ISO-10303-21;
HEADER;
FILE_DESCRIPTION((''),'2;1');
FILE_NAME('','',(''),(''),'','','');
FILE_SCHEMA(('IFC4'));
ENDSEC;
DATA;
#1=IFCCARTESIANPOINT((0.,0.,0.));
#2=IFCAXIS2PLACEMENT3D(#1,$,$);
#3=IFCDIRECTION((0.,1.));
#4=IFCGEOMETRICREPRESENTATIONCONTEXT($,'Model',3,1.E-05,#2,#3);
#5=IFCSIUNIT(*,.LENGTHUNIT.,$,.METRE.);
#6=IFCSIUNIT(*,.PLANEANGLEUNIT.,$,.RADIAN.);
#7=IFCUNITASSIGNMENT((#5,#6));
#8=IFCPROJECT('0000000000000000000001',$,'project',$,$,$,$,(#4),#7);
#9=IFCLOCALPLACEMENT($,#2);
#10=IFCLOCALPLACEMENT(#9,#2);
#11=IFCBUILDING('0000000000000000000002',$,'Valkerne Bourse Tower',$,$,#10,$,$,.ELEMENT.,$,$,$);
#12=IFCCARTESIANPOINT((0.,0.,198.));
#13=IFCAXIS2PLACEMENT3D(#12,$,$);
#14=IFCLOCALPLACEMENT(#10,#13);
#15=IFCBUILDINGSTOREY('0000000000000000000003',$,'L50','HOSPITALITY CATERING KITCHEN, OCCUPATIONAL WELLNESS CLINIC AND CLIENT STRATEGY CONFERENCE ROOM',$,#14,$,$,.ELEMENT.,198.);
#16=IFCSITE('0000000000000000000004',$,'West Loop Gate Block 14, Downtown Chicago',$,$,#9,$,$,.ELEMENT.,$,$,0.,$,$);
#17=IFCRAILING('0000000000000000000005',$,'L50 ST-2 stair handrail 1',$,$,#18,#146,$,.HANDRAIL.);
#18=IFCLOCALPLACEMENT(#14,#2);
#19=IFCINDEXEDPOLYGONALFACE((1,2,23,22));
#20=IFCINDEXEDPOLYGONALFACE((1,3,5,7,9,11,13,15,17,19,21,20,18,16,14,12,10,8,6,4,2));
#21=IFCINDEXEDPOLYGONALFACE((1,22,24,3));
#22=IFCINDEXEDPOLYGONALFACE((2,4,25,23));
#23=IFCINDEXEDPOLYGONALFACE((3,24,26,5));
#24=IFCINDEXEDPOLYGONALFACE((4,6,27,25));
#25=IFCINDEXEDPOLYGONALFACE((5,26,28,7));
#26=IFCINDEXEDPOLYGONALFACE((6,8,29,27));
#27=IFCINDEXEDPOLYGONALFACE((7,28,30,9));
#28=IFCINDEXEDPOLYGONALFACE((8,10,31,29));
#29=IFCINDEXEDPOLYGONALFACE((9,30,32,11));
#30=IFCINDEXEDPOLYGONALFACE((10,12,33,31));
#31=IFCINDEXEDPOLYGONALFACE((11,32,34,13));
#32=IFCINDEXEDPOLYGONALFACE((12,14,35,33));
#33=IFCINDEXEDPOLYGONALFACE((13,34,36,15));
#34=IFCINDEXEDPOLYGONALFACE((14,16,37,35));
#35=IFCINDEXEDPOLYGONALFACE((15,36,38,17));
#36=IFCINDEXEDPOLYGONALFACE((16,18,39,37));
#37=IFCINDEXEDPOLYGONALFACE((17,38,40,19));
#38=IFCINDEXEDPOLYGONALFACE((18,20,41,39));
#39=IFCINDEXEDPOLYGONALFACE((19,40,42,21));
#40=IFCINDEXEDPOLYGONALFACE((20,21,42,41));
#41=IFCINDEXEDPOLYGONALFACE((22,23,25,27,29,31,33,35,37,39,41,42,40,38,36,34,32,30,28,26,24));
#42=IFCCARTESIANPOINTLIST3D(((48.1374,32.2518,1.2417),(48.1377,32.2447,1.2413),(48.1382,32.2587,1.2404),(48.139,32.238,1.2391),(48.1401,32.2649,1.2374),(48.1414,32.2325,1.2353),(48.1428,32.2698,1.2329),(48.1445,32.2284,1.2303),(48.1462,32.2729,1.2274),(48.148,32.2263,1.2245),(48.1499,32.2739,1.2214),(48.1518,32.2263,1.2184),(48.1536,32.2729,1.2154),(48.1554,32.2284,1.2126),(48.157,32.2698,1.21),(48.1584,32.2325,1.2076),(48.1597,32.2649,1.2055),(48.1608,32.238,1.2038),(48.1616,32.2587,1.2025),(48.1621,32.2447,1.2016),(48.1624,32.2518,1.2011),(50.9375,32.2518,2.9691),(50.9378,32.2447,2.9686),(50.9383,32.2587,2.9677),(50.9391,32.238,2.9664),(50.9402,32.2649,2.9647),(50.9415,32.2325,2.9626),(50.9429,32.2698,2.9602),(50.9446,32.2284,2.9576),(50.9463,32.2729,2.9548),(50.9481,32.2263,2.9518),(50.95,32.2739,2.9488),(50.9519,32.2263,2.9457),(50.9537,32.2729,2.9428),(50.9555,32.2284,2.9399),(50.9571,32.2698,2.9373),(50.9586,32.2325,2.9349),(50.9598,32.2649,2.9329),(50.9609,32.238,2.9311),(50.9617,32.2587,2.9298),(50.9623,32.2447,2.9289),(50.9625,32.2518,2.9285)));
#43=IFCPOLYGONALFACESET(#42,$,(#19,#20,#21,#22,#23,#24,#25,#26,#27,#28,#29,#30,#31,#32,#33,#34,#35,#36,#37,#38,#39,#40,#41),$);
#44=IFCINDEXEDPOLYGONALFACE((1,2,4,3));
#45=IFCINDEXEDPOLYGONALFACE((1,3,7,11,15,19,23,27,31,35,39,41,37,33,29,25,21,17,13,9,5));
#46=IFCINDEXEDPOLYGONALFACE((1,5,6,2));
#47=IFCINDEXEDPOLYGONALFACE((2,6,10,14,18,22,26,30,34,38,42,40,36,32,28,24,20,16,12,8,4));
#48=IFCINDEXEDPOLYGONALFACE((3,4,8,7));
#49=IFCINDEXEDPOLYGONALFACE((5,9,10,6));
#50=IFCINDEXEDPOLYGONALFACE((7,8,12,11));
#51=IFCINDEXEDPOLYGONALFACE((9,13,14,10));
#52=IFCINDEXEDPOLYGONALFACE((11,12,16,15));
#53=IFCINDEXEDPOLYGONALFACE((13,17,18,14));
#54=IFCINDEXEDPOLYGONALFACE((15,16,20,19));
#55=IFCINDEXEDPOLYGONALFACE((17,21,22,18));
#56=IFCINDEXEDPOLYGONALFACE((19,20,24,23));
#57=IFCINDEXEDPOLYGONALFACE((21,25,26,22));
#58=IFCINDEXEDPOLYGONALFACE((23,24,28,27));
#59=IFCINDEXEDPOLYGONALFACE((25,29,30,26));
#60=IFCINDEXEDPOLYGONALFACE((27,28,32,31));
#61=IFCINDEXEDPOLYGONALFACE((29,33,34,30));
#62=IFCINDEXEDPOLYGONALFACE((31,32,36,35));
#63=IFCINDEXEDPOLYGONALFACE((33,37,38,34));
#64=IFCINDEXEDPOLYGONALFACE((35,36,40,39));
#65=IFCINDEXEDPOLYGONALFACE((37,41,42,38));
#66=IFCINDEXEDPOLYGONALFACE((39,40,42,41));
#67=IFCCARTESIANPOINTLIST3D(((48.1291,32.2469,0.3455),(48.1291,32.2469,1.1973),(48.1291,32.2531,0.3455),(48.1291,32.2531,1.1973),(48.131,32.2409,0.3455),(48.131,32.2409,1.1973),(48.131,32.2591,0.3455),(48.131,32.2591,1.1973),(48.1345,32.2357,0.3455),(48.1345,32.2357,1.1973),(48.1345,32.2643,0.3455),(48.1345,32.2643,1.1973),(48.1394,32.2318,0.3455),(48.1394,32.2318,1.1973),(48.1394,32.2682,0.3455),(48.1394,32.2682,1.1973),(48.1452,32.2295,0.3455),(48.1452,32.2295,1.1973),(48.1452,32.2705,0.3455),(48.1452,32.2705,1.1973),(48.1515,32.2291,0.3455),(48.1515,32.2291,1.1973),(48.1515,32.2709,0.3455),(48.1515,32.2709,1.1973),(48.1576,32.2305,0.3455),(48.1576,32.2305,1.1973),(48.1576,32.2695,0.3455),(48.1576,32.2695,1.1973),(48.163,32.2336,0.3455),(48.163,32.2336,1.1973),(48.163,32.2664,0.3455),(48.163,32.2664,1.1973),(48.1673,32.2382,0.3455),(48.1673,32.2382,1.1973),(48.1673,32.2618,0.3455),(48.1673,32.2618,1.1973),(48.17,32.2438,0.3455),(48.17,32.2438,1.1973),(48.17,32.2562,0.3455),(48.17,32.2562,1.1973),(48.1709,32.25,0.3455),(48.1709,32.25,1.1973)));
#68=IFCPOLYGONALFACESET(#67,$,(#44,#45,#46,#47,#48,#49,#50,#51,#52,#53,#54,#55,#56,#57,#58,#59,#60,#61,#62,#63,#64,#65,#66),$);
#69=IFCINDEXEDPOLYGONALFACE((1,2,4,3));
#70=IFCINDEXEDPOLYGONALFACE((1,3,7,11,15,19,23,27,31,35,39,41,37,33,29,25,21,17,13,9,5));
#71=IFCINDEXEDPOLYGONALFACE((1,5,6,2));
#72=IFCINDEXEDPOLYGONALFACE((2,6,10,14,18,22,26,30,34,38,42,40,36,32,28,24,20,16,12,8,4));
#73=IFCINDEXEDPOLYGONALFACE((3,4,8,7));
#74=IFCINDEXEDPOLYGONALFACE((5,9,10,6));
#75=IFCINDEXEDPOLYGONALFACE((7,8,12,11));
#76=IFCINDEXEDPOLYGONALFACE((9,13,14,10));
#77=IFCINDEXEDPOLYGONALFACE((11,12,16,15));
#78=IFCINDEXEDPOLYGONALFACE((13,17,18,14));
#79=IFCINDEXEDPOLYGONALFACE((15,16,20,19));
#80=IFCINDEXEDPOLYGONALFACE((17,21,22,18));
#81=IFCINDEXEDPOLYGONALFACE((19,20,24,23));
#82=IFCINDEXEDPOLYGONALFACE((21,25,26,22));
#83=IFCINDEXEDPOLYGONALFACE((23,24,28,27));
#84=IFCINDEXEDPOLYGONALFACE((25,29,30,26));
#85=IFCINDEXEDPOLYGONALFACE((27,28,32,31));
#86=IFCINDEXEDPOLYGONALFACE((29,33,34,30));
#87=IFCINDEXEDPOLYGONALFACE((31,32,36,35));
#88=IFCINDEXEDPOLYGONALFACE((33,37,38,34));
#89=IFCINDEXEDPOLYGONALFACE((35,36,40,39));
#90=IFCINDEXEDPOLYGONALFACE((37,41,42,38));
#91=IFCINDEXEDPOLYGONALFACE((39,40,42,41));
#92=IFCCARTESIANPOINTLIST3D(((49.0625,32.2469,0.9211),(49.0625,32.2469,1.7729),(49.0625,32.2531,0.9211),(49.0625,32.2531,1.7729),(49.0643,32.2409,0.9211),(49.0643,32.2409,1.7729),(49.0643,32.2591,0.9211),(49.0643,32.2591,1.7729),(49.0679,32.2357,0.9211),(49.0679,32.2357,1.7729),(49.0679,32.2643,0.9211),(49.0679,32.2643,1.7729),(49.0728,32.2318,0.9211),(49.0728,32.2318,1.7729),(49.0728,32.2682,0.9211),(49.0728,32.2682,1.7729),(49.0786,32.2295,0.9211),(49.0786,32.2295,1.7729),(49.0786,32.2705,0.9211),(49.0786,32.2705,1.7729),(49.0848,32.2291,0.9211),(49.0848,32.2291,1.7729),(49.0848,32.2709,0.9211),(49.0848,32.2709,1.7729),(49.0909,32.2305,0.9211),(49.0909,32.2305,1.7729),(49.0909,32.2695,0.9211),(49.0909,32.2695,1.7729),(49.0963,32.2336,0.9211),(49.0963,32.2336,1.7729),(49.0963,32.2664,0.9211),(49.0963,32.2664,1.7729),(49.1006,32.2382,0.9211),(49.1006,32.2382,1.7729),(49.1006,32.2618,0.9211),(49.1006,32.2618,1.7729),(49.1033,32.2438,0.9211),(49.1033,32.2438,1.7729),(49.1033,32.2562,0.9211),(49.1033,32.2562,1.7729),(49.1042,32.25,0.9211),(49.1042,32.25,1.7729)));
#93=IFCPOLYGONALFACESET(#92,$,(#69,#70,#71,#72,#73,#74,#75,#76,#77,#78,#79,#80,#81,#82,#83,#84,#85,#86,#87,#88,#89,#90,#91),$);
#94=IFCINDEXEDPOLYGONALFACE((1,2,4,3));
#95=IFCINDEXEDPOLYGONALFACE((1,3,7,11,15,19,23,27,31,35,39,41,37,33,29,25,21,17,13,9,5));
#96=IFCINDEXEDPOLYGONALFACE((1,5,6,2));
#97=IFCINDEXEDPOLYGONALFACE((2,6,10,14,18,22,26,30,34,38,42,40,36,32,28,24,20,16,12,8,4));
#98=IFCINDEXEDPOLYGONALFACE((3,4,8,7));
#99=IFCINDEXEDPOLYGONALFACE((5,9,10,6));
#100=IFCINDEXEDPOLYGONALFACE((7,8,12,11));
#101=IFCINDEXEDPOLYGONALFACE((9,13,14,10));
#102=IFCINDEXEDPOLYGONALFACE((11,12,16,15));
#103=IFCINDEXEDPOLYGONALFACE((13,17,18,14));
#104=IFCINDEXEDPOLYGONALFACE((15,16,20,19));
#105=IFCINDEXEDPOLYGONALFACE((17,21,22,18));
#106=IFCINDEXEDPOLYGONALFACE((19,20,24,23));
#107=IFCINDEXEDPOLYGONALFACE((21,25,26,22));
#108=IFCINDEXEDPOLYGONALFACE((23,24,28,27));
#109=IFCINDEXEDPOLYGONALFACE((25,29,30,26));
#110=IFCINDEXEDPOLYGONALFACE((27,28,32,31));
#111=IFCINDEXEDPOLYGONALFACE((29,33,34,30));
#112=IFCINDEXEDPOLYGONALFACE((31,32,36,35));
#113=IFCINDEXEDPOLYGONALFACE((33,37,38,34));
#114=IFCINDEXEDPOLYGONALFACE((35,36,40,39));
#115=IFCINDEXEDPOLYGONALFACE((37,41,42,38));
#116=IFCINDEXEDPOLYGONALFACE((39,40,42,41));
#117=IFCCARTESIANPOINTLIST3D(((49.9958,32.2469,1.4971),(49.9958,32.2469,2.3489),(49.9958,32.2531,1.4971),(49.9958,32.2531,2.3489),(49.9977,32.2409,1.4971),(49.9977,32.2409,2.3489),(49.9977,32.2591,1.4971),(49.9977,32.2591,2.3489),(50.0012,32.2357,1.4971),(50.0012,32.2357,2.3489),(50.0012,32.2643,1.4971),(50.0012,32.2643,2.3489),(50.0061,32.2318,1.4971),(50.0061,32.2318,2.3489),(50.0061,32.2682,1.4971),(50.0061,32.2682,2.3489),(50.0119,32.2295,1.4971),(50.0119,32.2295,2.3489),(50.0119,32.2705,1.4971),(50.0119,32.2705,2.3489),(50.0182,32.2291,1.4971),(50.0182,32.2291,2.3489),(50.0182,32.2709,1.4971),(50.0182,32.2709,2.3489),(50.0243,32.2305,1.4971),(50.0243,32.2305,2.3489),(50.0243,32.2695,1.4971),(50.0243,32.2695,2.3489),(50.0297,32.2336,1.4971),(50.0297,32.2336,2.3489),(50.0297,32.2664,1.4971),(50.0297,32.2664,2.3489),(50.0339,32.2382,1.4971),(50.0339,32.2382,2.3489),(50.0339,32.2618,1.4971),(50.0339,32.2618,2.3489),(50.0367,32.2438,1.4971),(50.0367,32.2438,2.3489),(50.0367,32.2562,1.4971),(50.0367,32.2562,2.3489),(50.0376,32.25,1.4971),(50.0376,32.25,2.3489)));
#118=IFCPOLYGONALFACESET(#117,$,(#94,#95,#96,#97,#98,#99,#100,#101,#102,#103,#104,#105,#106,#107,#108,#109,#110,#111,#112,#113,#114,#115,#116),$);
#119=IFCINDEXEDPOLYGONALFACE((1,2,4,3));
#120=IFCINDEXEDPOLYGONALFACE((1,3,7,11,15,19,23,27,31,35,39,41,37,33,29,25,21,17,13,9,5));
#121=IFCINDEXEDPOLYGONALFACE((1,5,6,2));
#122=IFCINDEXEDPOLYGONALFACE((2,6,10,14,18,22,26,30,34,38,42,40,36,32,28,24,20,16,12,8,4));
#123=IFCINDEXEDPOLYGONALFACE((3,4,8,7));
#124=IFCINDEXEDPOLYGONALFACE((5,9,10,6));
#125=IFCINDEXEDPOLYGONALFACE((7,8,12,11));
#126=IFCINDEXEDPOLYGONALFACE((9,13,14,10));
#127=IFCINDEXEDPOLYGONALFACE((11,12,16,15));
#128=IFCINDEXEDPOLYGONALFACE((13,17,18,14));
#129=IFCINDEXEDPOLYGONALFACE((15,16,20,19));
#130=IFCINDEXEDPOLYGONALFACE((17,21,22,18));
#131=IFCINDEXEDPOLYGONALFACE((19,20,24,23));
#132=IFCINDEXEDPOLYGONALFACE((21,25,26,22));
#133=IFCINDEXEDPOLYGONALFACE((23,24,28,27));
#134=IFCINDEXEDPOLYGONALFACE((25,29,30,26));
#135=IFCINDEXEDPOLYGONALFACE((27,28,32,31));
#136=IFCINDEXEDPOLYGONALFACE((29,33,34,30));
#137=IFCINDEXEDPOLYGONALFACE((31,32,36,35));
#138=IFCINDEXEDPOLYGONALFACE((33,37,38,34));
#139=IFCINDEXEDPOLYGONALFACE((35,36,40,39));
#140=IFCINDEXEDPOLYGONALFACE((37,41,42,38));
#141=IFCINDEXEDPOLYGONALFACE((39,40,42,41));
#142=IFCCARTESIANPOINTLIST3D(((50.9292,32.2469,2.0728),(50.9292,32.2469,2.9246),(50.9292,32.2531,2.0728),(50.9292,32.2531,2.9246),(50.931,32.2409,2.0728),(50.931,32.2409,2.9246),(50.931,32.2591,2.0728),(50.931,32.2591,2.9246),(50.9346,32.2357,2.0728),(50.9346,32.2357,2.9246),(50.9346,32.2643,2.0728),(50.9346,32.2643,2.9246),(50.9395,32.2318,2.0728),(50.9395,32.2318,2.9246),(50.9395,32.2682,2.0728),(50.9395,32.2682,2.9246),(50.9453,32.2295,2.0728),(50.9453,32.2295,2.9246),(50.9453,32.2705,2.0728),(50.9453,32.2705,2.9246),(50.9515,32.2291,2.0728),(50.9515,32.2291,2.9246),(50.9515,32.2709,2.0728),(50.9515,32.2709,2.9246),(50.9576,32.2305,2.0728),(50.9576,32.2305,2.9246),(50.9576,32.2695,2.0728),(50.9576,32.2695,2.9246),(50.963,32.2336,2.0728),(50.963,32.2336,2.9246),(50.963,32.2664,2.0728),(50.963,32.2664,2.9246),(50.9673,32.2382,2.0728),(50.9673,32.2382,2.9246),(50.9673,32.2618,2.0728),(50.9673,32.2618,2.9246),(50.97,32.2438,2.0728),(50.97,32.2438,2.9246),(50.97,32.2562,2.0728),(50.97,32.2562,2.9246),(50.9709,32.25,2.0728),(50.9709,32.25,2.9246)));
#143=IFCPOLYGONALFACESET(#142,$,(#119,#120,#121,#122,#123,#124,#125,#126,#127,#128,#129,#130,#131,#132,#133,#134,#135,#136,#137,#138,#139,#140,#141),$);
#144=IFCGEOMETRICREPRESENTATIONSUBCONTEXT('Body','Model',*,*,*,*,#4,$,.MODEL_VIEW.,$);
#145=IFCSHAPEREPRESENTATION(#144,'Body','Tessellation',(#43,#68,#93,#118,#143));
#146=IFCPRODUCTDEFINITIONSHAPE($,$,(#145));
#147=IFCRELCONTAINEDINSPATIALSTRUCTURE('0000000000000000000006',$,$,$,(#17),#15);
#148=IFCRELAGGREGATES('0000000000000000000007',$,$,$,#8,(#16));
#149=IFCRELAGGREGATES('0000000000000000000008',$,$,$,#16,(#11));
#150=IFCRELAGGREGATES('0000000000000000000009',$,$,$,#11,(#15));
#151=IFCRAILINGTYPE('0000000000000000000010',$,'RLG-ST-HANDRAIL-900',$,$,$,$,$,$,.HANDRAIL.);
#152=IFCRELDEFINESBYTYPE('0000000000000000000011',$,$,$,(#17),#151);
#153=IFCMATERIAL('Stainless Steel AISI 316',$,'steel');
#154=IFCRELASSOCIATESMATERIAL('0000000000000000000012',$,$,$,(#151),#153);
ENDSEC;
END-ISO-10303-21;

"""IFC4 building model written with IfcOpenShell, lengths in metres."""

from ifc_helpers import new_model, si_unit, direction, frame, origin, origin_2d, place, context, subcontext, project, spatial, circle, extrude, material, type_object, element, save


model = new_model("IFC4")

# Units and contexts
model_context = context("Model", 3, precision=1e-05, world=origin(), true_north=direction((0.0, 1.0)))
body_context = subcontext(model_context, "Body", "Model", "MODEL_VIEW")
ifc_project = project(units=[si_unit("LENGTHUNIT", "METRE"), si_unit("PLANEANGLEUNIT", "RADIAN")], contexts=[model_context])

# Site, building, storey
site_placement = place(None, origin())
site = spatial("IfcSite", under=ifc_project, at=site_placement, Name="West Loop Gate Block 14, Downtown Chicago", CompositionType="ELEMENT", RefElevation=0.0)
building_placement = place(site_placement, origin())
building = spatial("IfcBuilding", under=site, at=building_placement, Name="Valkerne Bourse Tower", CompositionType="ELEMENT")
storey_placement = place(building_placement, frame((0.0, 0.0, 198.0)))
storey = spatial("IfcBuildingStorey", under=building, at=storey_placement, Name="L50", Description="HOSPITALITY CATERING KITCHEN, OCCUPATIONAL WELLNESS CLINIC AND CLIENT STRATEGY CONFERENCE ROOM", CompositionType="ELEMENT", Elevation=198.0)

# Shared definitions
ifc_material_1 = material(Name="Stainless Steel AISI 316", Category="steel")

# Railing
railing_type_1 = type_object("IfcRailingType", Name="RLG-ST-HANDRAIL-900", PredefinedType="HANDRAIL", material=ifc_material_1)
railing_1_placement = place(storey_placement, frame((48.1499, 32.25, 0.3455)))
element("IfcRailing", 1, at=railing_1_placement, inside=storey, type_object=railing_type_1, Name="L50 ST-2 stair handrail 1", PredefinedType="HANDRAIL", context=body_context, shape_type="SweptSolid", body=[
    extrude(circle(Radius=0.0239, at=origin_2d()), frame((0.0, 0.0, 0.876), z_axis=(0.85109, 0.0, 0.52502), x_axis=(0.0, 1.0, 0.0)), (0.0, 0.0, 1.0), 3.29),
    extrude(circle(Radius=0.021, at=origin_2d()), origin(), (0.0, 0.0, 1.0), 0.8518),
    extrude(circle(Radius=0.021, at=origin_2d()), frame((0.9333, 0.0, 0.5757)), (0.0, 0.0, 1.0), 0.8518),
    extrude(circle(Radius=0.021, at=origin_2d()), frame((1.8667, 0.0, 1.1516)), (0.0, 0.0, 1.0), 0.8518),
    extrude(circle(Radius=0.021, at=origin_2d()), frame((2.8, 0.0, 1.7273)), (0.0, 0.0, 1.0), 0.8518),
])

save(model, "model.ifc")
